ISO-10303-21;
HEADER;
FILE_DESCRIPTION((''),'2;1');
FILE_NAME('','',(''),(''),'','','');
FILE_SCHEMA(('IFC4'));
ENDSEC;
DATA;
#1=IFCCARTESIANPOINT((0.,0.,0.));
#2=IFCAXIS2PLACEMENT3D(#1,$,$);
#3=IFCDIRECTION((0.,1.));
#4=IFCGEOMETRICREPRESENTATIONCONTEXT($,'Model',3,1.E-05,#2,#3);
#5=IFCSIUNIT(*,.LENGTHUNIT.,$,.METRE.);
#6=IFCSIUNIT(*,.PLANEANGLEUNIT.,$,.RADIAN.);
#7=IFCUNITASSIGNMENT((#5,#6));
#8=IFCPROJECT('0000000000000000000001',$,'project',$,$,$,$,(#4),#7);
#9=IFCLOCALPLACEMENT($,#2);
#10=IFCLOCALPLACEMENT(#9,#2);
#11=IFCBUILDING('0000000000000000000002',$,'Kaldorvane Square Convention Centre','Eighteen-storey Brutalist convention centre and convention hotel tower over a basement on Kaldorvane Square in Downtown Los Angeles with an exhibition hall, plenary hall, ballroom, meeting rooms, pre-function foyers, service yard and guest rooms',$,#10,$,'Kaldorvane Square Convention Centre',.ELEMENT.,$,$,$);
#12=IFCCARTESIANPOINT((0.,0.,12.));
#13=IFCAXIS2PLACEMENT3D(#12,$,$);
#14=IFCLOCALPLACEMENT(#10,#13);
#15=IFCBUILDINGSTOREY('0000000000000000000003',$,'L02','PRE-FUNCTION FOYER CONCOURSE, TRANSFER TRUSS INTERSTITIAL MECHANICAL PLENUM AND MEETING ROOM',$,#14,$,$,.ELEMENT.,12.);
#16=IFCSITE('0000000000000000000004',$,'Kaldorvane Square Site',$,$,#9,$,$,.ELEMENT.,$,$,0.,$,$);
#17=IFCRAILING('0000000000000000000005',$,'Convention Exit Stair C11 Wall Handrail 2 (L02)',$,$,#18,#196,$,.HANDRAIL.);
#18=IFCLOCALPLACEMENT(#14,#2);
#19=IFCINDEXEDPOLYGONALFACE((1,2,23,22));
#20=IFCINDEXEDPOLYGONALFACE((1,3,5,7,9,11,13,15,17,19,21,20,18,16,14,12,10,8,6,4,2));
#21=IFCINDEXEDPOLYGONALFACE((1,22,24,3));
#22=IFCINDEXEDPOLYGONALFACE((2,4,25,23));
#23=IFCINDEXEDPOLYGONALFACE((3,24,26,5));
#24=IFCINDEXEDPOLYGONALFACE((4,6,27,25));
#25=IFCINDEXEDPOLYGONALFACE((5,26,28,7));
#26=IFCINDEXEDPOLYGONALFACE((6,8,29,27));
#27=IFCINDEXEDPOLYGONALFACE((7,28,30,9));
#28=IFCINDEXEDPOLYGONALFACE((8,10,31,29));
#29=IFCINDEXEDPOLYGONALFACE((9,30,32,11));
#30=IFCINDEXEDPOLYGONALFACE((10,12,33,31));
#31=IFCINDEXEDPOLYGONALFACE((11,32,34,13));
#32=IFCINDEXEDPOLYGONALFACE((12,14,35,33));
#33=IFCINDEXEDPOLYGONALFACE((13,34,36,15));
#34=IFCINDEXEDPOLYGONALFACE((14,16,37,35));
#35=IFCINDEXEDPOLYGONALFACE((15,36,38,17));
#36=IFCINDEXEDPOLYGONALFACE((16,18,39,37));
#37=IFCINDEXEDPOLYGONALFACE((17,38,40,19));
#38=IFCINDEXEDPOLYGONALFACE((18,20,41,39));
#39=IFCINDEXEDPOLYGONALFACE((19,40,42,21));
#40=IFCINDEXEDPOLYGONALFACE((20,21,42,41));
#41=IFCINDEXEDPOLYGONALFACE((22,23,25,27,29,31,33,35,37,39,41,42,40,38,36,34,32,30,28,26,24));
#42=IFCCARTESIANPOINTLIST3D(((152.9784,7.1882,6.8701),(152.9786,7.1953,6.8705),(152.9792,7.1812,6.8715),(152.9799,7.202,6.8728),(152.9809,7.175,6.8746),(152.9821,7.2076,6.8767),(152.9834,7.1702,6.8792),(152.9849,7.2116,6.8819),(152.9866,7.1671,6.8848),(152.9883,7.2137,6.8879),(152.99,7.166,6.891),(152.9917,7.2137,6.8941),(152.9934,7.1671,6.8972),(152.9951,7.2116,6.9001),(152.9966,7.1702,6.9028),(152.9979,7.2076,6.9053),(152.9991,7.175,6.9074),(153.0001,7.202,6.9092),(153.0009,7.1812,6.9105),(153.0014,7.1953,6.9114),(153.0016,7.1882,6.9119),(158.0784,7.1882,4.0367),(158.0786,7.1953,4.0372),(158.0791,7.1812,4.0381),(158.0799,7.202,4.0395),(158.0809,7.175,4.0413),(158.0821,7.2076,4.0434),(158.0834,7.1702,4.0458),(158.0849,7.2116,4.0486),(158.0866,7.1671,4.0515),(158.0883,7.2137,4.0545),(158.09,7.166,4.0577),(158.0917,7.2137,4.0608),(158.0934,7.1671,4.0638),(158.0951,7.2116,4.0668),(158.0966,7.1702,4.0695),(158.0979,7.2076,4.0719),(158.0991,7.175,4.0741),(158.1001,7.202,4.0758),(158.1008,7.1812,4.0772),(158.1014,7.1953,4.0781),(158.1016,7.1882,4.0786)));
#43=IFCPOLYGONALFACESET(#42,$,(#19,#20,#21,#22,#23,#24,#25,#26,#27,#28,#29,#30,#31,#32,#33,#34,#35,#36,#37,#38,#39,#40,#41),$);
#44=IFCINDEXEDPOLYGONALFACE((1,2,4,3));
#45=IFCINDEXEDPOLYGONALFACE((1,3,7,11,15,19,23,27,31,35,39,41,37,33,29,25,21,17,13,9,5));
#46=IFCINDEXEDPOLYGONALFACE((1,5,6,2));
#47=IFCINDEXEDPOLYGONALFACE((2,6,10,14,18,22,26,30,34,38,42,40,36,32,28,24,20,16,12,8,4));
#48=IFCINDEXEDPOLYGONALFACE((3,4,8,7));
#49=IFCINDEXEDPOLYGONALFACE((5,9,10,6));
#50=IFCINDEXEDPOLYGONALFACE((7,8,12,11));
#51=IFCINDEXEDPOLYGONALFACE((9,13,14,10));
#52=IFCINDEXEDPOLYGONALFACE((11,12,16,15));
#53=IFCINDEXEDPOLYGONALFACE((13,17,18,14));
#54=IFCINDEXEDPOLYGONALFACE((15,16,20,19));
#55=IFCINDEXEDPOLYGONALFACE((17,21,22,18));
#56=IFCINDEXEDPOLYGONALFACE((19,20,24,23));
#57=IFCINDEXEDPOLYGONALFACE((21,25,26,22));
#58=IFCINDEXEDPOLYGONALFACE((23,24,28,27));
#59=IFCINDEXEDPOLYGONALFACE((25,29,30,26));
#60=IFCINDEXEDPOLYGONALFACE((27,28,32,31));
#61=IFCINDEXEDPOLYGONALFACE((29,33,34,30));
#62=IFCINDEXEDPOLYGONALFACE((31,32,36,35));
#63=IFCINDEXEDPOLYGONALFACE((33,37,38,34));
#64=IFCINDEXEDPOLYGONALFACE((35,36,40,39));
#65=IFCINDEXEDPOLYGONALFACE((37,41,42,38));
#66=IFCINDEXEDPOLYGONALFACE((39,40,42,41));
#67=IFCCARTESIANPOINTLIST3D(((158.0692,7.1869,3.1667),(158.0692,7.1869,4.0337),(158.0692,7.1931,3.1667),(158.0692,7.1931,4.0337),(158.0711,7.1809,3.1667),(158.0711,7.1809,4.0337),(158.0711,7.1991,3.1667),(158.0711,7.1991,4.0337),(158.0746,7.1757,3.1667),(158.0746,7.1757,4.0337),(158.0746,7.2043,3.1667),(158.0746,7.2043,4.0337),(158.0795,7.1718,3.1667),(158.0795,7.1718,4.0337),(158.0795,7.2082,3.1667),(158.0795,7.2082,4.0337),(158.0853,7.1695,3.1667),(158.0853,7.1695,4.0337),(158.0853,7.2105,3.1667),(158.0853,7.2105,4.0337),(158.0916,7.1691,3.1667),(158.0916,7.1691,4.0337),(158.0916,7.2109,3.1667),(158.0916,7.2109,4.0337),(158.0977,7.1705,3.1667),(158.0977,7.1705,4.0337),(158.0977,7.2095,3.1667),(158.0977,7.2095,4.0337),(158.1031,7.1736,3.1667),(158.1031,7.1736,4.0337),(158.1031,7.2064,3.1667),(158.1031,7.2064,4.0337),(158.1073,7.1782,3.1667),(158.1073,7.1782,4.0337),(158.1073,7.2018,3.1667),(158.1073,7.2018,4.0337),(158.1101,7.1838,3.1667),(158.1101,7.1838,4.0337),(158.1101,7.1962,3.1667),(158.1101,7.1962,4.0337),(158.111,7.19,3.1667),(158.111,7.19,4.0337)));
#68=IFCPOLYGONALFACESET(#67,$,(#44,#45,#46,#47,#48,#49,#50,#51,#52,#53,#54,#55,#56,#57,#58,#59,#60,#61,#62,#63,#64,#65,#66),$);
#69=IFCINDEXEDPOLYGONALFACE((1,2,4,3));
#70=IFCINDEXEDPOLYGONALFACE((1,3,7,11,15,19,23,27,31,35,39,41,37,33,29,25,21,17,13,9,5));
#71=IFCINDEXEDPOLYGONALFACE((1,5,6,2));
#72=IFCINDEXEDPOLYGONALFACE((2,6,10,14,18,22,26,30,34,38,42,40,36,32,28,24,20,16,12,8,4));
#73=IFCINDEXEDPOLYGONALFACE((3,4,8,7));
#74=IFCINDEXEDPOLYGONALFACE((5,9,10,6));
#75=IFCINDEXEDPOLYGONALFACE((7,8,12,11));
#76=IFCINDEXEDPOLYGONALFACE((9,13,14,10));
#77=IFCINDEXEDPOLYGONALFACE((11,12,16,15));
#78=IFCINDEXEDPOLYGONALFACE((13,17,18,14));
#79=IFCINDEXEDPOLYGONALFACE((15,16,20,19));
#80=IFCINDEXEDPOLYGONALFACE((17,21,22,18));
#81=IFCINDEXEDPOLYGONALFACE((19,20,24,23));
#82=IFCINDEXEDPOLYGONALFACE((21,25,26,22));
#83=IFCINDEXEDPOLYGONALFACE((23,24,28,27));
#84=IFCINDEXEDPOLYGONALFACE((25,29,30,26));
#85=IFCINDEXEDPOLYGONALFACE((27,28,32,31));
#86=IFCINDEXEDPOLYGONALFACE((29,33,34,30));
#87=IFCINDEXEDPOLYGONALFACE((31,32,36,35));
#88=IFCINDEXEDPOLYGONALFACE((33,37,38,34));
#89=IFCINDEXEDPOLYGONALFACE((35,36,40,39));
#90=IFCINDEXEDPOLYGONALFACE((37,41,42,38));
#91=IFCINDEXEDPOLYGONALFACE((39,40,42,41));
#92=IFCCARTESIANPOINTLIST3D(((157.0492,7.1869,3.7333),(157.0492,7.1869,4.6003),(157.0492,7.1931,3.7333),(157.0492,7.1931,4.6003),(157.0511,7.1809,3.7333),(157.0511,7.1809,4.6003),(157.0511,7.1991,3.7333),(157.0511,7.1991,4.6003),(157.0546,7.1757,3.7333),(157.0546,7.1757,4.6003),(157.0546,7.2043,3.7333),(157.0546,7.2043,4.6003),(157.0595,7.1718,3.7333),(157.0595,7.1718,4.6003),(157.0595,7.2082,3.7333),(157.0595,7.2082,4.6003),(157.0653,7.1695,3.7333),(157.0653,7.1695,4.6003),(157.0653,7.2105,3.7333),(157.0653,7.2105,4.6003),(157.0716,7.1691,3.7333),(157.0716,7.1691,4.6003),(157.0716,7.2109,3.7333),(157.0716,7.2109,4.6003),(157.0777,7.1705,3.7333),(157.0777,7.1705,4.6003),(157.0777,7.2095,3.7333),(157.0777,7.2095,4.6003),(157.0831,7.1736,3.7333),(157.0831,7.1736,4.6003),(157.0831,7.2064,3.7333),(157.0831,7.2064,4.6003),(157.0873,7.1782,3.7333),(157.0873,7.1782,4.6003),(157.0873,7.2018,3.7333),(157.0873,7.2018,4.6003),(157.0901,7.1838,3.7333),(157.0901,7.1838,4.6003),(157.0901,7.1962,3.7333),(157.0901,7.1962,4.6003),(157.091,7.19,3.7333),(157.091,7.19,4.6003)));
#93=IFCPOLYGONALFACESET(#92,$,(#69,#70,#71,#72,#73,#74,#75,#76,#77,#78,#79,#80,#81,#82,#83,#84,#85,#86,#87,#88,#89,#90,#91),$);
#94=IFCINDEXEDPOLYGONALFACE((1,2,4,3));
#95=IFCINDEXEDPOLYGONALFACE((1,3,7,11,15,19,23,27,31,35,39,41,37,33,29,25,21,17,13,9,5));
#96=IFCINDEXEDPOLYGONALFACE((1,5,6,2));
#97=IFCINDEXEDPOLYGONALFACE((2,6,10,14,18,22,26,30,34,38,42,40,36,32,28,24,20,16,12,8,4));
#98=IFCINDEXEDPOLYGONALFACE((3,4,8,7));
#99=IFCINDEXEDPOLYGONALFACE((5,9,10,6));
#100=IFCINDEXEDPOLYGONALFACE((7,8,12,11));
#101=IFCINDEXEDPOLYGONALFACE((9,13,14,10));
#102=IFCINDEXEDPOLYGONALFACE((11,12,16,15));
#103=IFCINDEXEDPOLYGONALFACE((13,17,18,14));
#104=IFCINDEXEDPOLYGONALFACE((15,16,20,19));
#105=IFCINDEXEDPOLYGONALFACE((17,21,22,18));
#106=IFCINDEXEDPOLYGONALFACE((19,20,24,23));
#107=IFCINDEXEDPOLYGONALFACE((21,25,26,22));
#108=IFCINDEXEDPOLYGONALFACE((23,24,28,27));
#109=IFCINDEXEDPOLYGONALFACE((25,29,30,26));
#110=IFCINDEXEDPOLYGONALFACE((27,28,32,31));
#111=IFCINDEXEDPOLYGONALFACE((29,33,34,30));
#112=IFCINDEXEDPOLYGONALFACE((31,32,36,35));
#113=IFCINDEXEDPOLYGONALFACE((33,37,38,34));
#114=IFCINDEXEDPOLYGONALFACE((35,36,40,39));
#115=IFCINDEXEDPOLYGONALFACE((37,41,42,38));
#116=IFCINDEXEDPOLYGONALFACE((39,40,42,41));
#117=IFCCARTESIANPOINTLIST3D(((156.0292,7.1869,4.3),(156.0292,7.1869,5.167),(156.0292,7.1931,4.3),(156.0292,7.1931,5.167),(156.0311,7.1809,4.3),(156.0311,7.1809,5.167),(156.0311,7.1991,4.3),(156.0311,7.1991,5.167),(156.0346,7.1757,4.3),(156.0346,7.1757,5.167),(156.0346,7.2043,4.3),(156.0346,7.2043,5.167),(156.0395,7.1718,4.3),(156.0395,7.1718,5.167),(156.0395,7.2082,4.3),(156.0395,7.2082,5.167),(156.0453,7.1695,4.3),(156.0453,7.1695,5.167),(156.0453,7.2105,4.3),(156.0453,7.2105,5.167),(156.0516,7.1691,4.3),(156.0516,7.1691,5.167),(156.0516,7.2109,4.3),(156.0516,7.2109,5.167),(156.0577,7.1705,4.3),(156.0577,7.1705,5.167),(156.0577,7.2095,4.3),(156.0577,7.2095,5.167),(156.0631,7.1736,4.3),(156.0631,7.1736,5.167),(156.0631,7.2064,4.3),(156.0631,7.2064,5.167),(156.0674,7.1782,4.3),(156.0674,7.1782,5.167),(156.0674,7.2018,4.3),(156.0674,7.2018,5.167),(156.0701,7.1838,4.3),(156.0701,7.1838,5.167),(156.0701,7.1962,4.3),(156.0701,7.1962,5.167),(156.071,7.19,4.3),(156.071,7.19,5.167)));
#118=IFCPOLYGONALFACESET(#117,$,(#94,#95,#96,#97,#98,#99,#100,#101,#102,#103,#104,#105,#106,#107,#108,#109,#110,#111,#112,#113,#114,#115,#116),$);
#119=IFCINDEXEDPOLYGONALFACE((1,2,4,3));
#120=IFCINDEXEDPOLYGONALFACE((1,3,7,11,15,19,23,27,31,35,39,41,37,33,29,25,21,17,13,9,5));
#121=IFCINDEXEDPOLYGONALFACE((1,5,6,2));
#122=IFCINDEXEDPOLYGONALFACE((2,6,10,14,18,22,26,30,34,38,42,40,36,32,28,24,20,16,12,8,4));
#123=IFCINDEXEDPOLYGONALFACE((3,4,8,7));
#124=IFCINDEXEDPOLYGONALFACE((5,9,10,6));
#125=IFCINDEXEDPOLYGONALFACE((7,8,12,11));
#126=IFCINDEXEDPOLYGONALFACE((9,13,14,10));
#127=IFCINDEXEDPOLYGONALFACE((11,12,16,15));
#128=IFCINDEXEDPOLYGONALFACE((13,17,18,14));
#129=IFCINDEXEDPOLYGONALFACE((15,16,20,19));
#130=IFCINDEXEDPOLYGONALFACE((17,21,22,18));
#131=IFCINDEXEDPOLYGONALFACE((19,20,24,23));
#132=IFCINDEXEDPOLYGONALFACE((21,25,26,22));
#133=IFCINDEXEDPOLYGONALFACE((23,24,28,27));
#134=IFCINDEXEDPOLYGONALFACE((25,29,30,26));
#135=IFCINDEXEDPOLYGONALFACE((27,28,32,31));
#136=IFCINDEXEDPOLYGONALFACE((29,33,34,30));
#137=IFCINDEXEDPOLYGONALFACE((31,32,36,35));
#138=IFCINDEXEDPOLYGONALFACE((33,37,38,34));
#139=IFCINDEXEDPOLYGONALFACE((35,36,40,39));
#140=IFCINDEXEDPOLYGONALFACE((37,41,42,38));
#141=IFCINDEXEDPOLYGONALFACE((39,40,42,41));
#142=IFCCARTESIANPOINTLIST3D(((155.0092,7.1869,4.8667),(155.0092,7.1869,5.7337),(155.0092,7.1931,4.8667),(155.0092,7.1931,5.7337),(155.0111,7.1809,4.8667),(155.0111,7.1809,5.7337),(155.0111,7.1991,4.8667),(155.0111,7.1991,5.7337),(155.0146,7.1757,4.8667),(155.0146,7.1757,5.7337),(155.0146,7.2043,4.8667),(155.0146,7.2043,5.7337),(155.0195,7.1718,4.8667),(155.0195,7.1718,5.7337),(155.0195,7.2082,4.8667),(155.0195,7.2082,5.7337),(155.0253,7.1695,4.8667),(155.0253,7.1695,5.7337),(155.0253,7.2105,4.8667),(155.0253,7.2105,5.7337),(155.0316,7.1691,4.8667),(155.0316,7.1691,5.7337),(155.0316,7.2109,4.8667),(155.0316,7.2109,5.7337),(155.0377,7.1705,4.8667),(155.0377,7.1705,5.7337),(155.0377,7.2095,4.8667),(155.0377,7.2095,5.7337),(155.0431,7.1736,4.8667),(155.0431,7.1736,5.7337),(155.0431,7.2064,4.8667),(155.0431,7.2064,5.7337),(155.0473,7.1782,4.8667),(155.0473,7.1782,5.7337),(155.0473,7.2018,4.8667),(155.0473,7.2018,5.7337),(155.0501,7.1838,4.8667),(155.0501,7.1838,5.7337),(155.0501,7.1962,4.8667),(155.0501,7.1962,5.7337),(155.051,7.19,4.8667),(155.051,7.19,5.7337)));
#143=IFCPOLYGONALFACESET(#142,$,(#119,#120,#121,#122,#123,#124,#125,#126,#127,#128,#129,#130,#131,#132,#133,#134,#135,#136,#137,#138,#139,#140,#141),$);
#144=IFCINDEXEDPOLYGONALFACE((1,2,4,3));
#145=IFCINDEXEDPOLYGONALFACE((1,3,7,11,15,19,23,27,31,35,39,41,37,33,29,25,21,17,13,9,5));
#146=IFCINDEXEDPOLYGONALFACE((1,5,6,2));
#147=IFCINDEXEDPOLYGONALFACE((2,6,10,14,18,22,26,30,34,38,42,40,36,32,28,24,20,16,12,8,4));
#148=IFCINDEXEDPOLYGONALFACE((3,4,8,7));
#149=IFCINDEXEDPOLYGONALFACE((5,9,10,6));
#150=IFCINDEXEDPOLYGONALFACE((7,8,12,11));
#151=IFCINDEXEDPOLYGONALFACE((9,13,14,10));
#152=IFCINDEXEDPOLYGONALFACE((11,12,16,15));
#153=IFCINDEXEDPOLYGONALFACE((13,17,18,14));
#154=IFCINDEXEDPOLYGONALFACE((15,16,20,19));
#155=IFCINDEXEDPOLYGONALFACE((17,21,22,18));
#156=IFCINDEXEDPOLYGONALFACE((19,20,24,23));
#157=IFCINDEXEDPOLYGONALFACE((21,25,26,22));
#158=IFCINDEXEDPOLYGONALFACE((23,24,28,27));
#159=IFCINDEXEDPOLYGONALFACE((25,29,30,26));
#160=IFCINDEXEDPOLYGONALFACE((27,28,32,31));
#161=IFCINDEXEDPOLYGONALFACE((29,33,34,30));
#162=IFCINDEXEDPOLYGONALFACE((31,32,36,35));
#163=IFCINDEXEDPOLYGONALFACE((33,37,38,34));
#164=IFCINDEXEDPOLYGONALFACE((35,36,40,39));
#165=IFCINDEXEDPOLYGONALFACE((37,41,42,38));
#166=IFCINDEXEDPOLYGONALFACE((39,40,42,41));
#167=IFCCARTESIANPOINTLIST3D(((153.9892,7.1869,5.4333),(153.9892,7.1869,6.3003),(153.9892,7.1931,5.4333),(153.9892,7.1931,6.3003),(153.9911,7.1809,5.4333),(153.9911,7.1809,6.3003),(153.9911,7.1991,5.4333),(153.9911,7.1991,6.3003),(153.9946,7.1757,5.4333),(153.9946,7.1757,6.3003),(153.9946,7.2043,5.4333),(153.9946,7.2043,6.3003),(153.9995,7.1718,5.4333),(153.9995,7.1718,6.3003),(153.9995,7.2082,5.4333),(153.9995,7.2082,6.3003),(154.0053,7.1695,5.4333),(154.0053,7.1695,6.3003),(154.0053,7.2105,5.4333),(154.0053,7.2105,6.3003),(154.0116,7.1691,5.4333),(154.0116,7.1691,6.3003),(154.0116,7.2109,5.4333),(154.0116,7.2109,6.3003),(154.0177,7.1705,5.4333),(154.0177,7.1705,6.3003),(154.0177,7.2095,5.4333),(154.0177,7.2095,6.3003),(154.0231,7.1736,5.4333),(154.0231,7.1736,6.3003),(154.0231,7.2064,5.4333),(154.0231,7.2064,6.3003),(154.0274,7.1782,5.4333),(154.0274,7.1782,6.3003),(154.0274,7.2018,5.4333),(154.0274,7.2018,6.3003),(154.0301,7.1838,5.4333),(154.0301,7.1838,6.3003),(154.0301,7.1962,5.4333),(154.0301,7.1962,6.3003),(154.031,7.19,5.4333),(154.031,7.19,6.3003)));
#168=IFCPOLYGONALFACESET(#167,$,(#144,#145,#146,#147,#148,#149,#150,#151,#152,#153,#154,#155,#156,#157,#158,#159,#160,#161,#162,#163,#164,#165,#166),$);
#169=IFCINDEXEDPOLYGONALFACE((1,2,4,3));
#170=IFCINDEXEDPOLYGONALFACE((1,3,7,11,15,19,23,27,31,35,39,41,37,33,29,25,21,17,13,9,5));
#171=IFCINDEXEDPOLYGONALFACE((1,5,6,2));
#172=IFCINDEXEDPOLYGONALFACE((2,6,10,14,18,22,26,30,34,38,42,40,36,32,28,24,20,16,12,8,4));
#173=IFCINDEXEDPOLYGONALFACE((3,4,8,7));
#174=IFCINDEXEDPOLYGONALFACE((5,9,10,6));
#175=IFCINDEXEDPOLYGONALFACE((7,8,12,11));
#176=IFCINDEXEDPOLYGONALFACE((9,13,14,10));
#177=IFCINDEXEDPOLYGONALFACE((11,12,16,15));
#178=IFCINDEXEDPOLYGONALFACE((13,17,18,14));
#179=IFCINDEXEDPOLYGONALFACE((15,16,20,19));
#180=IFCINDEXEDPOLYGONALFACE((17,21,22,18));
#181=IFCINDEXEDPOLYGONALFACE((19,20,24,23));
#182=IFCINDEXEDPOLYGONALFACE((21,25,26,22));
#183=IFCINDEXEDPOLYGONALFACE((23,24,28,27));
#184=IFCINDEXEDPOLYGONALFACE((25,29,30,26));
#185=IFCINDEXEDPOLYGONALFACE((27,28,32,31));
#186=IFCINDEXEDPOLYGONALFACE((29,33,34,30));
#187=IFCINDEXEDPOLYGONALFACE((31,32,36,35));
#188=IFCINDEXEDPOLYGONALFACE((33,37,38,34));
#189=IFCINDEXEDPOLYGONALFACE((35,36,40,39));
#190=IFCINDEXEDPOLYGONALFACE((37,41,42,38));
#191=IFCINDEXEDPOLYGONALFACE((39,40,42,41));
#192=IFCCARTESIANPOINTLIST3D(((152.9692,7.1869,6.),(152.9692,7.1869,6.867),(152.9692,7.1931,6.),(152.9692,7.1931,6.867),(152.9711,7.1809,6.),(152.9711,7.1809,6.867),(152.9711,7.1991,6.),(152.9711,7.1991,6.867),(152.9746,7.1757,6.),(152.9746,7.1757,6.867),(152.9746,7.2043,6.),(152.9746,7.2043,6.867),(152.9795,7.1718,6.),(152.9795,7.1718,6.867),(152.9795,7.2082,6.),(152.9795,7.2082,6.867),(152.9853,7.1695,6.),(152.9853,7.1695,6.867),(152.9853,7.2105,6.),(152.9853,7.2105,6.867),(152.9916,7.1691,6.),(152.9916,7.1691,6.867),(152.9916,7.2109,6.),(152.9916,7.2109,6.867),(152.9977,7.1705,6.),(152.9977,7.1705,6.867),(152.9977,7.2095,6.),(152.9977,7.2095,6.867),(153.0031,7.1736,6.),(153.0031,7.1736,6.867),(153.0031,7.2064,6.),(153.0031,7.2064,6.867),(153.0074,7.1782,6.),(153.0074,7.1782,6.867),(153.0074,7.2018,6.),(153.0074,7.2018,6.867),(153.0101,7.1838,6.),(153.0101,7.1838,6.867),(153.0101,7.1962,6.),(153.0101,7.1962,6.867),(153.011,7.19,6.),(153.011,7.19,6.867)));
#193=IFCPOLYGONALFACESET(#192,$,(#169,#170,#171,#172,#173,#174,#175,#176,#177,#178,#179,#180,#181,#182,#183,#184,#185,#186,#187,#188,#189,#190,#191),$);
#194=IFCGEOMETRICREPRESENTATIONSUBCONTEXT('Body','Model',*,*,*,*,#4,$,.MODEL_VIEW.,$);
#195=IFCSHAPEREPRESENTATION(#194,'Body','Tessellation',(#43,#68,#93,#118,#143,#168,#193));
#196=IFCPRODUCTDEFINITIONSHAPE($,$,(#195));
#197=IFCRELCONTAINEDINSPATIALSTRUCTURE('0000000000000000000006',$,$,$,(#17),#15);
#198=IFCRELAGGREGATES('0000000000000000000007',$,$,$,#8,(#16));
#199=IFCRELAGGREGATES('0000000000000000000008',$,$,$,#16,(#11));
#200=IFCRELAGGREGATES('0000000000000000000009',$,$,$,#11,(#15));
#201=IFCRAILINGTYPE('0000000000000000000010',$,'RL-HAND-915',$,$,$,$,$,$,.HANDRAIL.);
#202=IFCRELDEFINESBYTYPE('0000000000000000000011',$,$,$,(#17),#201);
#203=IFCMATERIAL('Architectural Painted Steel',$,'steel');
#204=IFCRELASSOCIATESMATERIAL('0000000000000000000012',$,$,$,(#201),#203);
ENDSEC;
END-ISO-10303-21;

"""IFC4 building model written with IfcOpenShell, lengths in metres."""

from ifc_helpers import new_model, si_unit, direction, frame, origin, origin_2d, place, context, subcontext, project, spatial, circle, extrude, material, type_object, element, save


model = new_model("IFC4")

# Units and contexts
model_context = context("Model", 3, precision=1e-05, world=origin(), true_north=direction((0.0, 1.0)))
body_context = subcontext(model_context, "Body", "Model", "MODEL_VIEW")
ifc_project = project(units=[si_unit("LENGTHUNIT", "METRE"), si_unit("PLANEANGLEUNIT", "RADIAN")], contexts=[model_context])

# Site, building, storey
site_placement = place(None, origin())
site = spatial("IfcSite", under=ifc_project, at=site_placement, Name="Kaldorvane Square Site", CompositionType="ELEMENT", RefElevation=0.0)
building_placement = place(site_placement, origin())
building = spatial("IfcBuilding", under=site, at=building_placement, Name="Kaldorvane Square Convention Centre", Description="Eighteen-storey Brutalist convention centre and convention hotel tower over a basement on Kaldorvane Square in Downtown Los Angeles with an exhibition hall, plenary hall, ballroom, meeting rooms, pre-function foyers, service yard and guest rooms", LongName="Kaldorvane Square Convention Centre", CompositionType="ELEMENT")
storey_placement = place(building_placement, frame((0.0, 0.0, 12.0)))
storey = spatial("IfcBuildingStorey", under=building, at=storey_placement, Name="L02", Description="PRE-FUNCTION FOYER CONCOURSE, TRANSFER TRUSS INTERSTITIAL MECHANICAL PLENUM AND MEETING ROOM", CompositionType="ELEMENT", Elevation=12.0)

# Railing
ifc_material_1 = material(Name="Architectural Painted Steel", Category="steel")
railing_type_1 = type_object("IfcRailingType", Name="RL-HAND-915", PredefinedType="HANDRAIL", material=ifc_material_1)
railing_1_placement = place(storey_placement, frame((158.09, 7.19, 3.1667)))
element("IfcRailing", 1, at=railing_1_placement, inside=storey, type_object=railing_type_1, Name="Convention Exit Stair C11 Wall Handrail 2 (L02)", PredefinedType="HANDRAIL", context=body_context, shape_type="SweptSolid", body=[
    extrude(circle(Radius=0.024, at=origin_2d()), frame((0.0, 0.0, 0.891), z_axis=(-0.874157, 0.0, 0.485643), x_axis=(0.0, -1.0, 0.0)), (0.0, 0.0, 1.0), 5.8342),
    extrude(circle(Radius=0.021, at=origin_2d()), origin(), (0.0, 0.0, 1.0), 0.867),
    extrude(circle(Radius=0.021, at=origin_2d()), frame((-1.02, 0.0, 0.5667)), (0.0, 0.0, 1.0), 0.867),
    extrude(circle(Radius=0.021, at=origin_2d()), frame((-2.04, 0.0, 1.1333)), (0.0, 0.0, 1.0), 0.867),
    extrude(circle(Radius=0.021, at=origin_2d()), frame((-3.06, 0.0, 1.7)), (0.0, 0.0, 1.0), 0.867),
    extrude(circle(Radius=0.021, at=origin_2d()), frame((-4.08, 0.0, 2.2667)), (0.0, 0.0, 1.0), 0.867),
    extrude(circle(Radius=0.021, at=origin_2d()), frame((-5.1, 0.0, 2.8333)), (0.0, 0.0, 1.0), 0.867),
])

save(model, "model.ifc")
